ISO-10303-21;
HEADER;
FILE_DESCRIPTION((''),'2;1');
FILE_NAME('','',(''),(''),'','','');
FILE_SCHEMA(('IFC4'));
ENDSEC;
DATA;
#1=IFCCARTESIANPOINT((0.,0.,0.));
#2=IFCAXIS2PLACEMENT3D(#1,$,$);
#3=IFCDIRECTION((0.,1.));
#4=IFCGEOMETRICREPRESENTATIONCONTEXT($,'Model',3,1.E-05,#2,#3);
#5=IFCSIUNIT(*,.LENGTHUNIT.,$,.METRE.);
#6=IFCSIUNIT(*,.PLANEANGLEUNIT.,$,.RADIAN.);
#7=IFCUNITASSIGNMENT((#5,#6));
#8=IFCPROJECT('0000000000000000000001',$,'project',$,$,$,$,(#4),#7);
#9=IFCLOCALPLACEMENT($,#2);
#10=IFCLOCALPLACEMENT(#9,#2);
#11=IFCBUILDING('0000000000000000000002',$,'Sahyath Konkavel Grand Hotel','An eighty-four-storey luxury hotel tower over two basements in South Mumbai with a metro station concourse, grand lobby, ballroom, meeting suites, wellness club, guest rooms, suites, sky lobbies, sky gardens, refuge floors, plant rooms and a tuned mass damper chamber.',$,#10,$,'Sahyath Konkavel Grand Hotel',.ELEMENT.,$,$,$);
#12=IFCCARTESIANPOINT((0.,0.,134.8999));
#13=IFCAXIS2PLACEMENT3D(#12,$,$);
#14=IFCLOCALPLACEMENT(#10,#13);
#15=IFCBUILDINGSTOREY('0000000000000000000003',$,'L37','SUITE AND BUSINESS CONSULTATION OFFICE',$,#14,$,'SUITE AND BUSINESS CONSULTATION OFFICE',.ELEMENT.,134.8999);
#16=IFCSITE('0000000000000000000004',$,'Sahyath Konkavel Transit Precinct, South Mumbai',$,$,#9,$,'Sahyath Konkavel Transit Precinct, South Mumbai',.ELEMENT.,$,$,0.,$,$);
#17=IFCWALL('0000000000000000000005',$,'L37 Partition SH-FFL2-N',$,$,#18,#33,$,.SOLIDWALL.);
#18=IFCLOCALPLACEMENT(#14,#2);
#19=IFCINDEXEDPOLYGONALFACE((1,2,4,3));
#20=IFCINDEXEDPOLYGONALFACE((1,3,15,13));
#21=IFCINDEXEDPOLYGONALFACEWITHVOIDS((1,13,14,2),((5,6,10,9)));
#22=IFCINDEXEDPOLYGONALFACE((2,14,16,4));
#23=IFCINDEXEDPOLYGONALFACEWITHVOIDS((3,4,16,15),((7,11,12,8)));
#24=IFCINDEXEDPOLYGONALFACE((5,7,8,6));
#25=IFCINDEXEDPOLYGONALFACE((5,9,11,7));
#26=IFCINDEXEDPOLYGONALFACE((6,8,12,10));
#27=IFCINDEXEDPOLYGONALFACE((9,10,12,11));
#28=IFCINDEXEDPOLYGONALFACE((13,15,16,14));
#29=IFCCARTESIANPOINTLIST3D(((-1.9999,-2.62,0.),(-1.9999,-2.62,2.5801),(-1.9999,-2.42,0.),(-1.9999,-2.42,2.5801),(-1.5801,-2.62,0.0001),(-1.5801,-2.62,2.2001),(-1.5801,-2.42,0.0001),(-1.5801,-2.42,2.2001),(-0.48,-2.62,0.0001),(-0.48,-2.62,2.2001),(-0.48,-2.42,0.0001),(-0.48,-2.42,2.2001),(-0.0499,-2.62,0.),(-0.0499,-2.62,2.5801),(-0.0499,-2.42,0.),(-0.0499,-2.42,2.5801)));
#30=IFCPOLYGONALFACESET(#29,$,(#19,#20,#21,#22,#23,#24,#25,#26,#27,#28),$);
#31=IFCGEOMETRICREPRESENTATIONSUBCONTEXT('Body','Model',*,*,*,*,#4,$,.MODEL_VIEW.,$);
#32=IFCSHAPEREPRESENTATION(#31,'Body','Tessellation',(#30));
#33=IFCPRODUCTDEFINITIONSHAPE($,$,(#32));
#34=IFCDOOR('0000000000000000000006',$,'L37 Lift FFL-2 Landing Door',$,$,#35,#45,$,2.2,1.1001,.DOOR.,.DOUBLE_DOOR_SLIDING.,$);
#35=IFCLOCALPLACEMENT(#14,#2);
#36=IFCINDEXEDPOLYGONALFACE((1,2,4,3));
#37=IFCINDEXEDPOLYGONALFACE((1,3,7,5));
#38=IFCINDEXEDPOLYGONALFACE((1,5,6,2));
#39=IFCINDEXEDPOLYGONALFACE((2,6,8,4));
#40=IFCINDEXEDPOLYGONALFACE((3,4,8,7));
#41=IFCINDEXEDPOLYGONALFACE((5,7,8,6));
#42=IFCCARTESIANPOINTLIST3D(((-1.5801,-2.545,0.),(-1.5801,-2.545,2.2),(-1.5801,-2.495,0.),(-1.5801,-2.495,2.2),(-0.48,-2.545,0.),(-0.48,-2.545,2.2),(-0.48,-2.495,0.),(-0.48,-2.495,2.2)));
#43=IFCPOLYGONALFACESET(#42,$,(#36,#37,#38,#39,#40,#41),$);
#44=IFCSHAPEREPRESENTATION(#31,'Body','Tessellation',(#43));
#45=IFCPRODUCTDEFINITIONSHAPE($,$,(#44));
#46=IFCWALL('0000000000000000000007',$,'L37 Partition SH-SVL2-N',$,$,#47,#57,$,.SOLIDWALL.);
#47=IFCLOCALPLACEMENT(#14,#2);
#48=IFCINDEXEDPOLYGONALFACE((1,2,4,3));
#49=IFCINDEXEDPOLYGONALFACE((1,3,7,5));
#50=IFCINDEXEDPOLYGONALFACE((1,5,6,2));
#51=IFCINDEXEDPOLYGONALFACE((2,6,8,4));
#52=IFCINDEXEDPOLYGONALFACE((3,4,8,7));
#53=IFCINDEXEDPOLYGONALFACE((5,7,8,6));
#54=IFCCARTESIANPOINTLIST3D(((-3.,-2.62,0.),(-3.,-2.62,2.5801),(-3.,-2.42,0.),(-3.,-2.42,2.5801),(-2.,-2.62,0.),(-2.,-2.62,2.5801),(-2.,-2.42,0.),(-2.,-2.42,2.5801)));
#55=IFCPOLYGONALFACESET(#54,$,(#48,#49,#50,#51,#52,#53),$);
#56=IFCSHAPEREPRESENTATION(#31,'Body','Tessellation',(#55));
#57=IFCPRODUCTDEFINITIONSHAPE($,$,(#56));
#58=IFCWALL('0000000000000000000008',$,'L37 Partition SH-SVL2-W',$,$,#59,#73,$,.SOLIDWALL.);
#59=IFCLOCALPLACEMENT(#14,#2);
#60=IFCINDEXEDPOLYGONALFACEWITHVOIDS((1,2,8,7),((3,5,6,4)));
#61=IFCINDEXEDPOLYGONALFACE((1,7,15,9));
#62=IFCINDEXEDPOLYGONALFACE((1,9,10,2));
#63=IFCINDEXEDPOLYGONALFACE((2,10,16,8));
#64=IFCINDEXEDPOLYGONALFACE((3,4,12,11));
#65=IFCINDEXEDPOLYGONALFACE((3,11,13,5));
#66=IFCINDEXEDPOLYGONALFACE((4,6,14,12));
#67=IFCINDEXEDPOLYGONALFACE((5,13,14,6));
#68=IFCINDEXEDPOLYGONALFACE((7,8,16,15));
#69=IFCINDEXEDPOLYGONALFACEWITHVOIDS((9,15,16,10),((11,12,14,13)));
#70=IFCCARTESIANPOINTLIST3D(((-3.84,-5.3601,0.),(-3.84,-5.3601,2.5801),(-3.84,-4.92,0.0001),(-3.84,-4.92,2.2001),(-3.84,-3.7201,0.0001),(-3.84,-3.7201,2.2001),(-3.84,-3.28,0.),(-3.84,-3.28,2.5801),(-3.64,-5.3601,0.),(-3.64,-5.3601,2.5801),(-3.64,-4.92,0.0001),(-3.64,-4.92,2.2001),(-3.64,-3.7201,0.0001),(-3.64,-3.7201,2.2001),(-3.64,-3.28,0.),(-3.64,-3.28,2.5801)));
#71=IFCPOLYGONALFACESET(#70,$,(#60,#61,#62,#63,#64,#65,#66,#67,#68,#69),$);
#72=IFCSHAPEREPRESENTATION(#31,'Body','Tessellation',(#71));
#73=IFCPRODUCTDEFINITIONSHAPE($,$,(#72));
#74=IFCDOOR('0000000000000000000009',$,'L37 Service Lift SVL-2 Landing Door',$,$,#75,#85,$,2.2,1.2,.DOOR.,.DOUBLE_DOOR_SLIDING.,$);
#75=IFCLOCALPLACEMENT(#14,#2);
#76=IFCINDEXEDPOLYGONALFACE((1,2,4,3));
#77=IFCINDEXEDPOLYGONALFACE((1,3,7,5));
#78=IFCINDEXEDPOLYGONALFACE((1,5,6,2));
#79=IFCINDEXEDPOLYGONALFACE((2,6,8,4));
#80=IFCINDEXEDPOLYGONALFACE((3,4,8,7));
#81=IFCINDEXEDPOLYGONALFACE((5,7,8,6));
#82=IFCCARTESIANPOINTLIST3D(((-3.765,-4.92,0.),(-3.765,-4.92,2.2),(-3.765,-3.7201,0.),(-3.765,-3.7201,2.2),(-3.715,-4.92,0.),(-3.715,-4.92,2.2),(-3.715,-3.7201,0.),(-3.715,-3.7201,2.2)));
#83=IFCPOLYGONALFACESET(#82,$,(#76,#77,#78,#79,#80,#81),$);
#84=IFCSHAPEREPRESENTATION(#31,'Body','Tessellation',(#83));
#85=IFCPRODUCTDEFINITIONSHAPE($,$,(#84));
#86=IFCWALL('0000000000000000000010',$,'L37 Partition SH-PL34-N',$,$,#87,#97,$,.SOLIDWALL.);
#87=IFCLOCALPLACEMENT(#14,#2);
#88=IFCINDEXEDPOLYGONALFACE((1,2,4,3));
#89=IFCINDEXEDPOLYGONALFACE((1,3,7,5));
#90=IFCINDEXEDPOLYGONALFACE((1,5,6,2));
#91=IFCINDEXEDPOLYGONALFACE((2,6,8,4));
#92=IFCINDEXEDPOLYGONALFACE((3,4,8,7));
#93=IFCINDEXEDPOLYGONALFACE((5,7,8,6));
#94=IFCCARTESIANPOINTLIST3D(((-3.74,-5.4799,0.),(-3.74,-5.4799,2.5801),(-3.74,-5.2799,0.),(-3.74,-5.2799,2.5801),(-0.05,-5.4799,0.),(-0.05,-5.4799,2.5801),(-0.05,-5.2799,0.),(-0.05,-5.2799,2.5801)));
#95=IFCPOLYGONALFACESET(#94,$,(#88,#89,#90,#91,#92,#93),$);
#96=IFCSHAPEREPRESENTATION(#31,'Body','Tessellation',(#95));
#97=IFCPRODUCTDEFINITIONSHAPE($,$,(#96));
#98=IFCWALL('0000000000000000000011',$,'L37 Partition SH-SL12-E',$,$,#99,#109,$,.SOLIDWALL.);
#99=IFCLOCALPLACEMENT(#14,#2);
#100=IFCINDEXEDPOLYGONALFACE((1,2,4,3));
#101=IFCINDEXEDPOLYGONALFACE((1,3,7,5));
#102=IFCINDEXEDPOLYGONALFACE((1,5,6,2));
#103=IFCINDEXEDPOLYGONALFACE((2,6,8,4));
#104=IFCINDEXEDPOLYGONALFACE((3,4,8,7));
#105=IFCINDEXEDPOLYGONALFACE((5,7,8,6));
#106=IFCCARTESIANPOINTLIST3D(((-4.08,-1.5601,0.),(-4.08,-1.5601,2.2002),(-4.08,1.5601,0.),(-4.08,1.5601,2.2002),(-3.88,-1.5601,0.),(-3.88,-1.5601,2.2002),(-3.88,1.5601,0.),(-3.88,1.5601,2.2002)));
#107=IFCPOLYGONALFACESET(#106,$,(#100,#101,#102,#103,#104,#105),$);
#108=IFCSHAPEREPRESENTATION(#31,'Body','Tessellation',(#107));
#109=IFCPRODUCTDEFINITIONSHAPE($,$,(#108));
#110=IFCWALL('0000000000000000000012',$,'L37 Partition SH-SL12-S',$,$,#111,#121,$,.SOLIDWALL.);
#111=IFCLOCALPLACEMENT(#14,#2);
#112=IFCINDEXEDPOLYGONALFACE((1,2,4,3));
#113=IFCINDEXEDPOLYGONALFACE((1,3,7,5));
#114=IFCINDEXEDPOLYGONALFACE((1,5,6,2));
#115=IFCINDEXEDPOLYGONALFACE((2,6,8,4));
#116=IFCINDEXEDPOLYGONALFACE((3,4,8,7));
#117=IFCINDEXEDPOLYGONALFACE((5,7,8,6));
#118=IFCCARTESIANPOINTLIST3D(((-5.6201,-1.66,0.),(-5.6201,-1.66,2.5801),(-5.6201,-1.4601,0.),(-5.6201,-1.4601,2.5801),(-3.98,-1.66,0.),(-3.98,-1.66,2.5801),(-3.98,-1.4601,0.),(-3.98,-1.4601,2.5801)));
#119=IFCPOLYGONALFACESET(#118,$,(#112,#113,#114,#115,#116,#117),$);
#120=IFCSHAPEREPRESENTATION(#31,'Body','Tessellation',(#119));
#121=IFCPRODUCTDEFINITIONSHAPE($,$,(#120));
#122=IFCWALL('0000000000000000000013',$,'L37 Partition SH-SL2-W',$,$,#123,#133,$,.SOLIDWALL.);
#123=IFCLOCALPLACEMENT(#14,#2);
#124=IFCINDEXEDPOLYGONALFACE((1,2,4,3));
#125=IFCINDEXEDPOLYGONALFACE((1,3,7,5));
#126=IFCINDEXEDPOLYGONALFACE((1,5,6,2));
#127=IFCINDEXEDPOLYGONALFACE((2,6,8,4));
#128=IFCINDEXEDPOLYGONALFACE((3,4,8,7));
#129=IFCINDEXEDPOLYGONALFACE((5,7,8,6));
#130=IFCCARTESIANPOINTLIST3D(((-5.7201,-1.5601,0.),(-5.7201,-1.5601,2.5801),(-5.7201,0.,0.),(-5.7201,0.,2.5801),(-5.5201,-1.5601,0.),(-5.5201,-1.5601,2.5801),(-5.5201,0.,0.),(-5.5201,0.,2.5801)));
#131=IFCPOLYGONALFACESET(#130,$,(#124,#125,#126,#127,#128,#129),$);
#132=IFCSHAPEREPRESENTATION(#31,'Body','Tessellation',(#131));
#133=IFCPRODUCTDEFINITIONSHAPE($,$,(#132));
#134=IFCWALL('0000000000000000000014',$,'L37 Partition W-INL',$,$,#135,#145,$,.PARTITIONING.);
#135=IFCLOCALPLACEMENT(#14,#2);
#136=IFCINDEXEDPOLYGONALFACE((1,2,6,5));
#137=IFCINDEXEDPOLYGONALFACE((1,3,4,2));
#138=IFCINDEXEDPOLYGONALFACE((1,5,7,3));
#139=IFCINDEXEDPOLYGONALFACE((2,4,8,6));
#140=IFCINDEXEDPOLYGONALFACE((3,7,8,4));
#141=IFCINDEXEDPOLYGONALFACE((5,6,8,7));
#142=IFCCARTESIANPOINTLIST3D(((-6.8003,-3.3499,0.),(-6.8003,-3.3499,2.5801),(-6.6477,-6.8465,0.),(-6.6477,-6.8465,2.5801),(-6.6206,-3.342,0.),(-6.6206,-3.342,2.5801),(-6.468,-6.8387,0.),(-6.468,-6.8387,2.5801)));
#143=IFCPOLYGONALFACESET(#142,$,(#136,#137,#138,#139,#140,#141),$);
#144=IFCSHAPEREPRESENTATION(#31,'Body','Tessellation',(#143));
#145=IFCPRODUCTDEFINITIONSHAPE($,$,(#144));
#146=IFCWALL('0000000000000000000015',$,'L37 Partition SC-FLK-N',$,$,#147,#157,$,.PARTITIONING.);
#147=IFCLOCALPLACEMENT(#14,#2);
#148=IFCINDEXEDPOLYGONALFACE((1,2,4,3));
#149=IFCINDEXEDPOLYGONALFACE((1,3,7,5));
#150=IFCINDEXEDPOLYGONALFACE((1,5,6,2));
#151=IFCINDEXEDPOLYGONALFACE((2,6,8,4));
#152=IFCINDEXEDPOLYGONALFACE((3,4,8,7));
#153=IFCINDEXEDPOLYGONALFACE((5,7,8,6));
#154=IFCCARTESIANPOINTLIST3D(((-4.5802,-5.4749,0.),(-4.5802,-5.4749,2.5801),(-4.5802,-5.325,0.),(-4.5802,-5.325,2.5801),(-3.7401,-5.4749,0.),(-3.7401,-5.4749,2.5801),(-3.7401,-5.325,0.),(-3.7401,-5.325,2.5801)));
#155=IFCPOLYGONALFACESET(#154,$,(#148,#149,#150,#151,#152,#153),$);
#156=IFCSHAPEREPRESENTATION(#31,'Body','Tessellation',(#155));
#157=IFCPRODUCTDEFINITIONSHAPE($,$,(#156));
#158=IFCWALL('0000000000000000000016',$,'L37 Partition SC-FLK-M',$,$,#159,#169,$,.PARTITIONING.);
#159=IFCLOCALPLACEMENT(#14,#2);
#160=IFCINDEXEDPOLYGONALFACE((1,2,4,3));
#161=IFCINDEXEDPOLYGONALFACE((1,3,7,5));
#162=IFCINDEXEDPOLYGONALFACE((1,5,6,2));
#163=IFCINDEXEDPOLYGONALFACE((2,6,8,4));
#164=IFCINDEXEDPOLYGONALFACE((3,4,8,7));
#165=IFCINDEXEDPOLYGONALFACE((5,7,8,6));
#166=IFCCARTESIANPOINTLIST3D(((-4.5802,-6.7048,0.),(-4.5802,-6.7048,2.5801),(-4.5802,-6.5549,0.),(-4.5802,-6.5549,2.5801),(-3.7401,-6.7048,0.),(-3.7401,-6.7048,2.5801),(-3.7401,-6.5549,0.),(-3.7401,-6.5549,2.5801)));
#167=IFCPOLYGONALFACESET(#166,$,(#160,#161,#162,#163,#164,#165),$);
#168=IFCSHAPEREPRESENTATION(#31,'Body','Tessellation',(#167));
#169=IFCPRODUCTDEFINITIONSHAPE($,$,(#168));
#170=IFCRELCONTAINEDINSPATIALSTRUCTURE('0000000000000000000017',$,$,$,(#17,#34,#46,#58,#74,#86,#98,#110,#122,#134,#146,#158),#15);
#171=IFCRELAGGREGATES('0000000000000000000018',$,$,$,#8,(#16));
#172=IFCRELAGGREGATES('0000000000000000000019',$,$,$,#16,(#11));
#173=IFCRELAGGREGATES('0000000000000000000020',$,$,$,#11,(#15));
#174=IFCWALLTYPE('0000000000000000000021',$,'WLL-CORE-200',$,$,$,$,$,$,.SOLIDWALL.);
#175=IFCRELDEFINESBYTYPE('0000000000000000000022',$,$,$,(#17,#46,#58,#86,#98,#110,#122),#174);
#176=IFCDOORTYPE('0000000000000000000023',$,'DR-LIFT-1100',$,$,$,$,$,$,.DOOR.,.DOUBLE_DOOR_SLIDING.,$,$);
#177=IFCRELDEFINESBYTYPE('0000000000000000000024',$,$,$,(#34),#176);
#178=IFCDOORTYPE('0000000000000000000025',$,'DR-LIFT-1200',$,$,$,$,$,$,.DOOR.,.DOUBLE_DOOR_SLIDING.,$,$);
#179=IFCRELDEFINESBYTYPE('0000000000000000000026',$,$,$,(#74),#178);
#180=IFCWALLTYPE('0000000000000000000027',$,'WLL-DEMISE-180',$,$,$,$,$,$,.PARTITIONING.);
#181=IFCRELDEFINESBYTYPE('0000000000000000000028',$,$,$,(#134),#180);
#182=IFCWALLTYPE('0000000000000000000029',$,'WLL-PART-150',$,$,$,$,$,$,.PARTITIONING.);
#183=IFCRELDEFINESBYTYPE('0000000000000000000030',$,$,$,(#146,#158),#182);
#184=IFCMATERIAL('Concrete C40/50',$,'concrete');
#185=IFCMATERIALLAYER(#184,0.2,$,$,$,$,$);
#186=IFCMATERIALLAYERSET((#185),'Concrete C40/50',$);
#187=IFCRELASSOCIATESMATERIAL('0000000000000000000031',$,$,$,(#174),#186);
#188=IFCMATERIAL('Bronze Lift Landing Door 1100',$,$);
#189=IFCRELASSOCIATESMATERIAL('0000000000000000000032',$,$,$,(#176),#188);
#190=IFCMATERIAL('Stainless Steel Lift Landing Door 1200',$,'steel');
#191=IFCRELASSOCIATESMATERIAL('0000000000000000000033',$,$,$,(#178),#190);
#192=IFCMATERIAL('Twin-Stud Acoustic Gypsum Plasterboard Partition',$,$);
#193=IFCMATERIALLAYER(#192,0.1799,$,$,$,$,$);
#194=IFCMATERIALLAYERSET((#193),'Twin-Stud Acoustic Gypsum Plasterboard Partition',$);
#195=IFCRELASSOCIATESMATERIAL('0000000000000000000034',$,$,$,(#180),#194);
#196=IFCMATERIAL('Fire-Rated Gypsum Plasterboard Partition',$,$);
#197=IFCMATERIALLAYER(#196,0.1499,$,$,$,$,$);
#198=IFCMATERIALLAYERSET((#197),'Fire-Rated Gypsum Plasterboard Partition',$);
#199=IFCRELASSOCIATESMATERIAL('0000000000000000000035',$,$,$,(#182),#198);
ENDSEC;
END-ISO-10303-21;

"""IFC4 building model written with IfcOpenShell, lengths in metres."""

from ifc_helpers import new_model, si_unit, direction, frame, frame_2d, origin, origin_2d, place, context, subcontext, project, spatial, rectangle, extrude, source, transform, mapped, material, layer, layer_set, type_object, element, fill, save


model = new_model("IFC4")

# Units and contexts
model_context = context("Model", 3, precision=1e-05, world=origin(), true_north=direction((0.0, 1.0)))
body_context = subcontext(model_context, "Body", "Model", "MODEL_VIEW")
ifc_project = project(units=[si_unit("LENGTHUNIT", "METRE"), si_unit("PLANEANGLEUNIT", "RADIAN")], contexts=[model_context])

# Site, building, storey
site_placement = place(None, origin())
site = spatial("IfcSite", under=ifc_project, at=site_placement, Name="Sahyath Konkavel Transit Precinct, South Mumbai", LongName="Sahyath Konkavel Transit Precinct, South Mumbai", CompositionType="ELEMENT", RefElevation=0.0)
building_placement = place(site_placement, origin())
building = spatial("IfcBuilding", under=site, at=building_placement, Name="Sahyath Konkavel Grand Hotel", Description="An eighty-four-storey luxury hotel tower over two basements in South Mumbai with a metro station concourse, grand lobby, ballroom, meeting suites, wellness club, guest rooms, suites, sky lobbies, sky gardens, refuge floors, plant rooms and a tuned mass damper chamber.", LongName="Sahyath Konkavel Grand Hotel", CompositionType="ELEMENT")
storey_placement = place(building_placement, frame((0.0, 0.0, 134.8999)))
storey = spatial("IfcBuildingStorey", under=building, at=storey_placement, Name="L37", Description="SUITE AND BUSINESS CONSULTATION OFFICE", LongName="SUITE AND BUSINESS CONSULTATION OFFICE", CompositionType="ELEMENT", Elevation=134.8999)

# Shared definitions
ifc_material_1 = material(Name="Concrete C40/50", Category="concrete")
ifc_layer_1 = layer(ifc_material_1, 0.2)
ifc_layer_set_1 = layer_set([ifc_layer_1], Name="Concrete C40/50")
wall_type_1 = type_object("IfcWallType", Name="WLL-CORE-200", PredefinedType="SOLIDWALL", material=ifc_layer_set_1)

# Wall, opening, door
wall_1_placement = place(storey_placement, frame((-2.0, -2.52, 0.0), z_axis=(0.0, 0.0, 1.0), x_axis=(1.0, 0.0, 0.0)))
wall_1 = element("IfcWall", 1, at=wall_1_placement, inside=storey, type_object=wall_type_1, Name="L37 Partition SH-FFL2-N", PredefinedType="SOLIDWALL", context=body_context, shape_type="SweptSolid", body=[
    extrude(rectangle(XDim=1.95, YDim=0.2, at=frame_2d((0.9751, 0.0))), origin(), (0.0, 0.0, 1.0), 2.5801),
])
opening_1_placement = place(wall_1_placement, frame((0.4199, 0.0, 0.0)))
opening_1 = element("IfcOpeningElement", 2, at=opening_1_placement, cuts=wall_1, PredefinedType="OPENING", context=body_context, shape_type="SweptSolid", body=[
    extrude(rectangle(XDim=1.1001, YDim=2.2, at=frame_2d((0.55, 1.1001))), frame((0.0, 0.1099, 0.0), z_axis=(0.0, -1.0, 0.0), x_axis=(1.0, 0.0, 0.0)), (0.0, 0.0, 1.0), 0.22),
])
ifc_material_2 = material(Name="Bronze Lift Landing Door 1100")
door_type_1 = type_object("IfcDoorType", Name="DR-LIFT-1100", OperationType="DOUBLE_DOOR_SLIDING", PredefinedType="DOOR", material=ifc_material_2)
shared_shape_1 = source(origin(), body_context, "Body", "SweptSolid", [
    extrude(rectangle(XDim=1.1001, YDim=0.05, at=origin_2d()), origin(), (0.0, 0.0, 1.0), 2.2),
])
door_1_placement = place(opening_1_placement, frame((0.55, 0.0, 0.0)))
door_1 = element("IfcDoor", 3, at=door_1_placement, inside=storey, type_object=door_type_1, Name="L37 Lift FFL-2 Landing Door", OperationType="DOUBLE_DOOR_SLIDING", OverallHeight=2.2, OverallWidth=1.1001, PredefinedType="DOOR", context=body_context, shape_type="MappedRepresentation", body=[
    mapped(shared_shape_1, transform((0.0, 0.0, 0.0), scale=1.0)),
])
fill(opening_1, door_1)

# Wall
wall_2_placement = place(storey_placement, frame((-3.0, -2.52, 0.0), z_axis=(0.0, 0.0, 1.0), x_axis=(1.0, 0.0, 0.0)))
element("IfcWall", 4, at=wall_2_placement, inside=storey, type_object=wall_type_1, Name="L37 Partition SH-SVL2-N", PredefinedType="SOLIDWALL", context=body_context, shape_type="SweptSolid", body=[
    extrude(rectangle(XDim=1.0, YDim=0.2, at=frame_2d((0.5, 0.0))), origin(), (0.0, 0.0, 1.0), 2.5801),
])

# Wall, opening, door
wall_3_placement = place(storey_placement, frame((-3.74, -5.3601, 0.0), z_axis=(0.0, 0.0, 1.0), x_axis=(0.0, 1.0, 0.0)))
wall_3 = element("IfcWall", 5, at=wall_3_placement, inside=storey, type_object=wall_type_1, Name="L37 Partition SH-SVL2-W", PredefinedType="SOLIDWALL", context=body_context, shape_type="SweptSolid", body=[
    extrude(rectangle(XDim=2.0801, YDim=0.2, at=frame_2d((1.04, 0.0))), origin(), (0.0, 0.0, 1.0), 2.5801),
])
opening_2_placement = place(wall_3_placement, frame((0.4399, 0.0, 0.0)))
opening_2 = element("IfcOpeningElement", 6, at=opening_2_placement, cuts=wall_3, PredefinedType="OPENING", context=body_context, shape_type="SweptSolid", body=[
    extrude(rectangle(XDim=1.2, YDim=2.2, at=frame_2d((0.6001, 1.1001))), frame((0.0, 0.1099, 0.0), z_axis=(0.0, -1.0, 0.0), x_axis=(1.0, 0.0, 0.0)), (0.0, 0.0, 1.0), 0.22),
])
ifc_material_3 = material(Name="Stainless Steel Lift Landing Door 1200", Category="steel")
door_type_2 = type_object("IfcDoorType", Name="DR-LIFT-1200", OperationType="DOUBLE_DOOR_SLIDING", PredefinedType="DOOR", material=ifc_material_3)
shared_shape_2 = source(origin(), body_context, "Body", "SweptSolid", [
    extrude(rectangle(XDim=1.2, YDim=0.05, at=origin_2d()), origin(), (0.0, 0.0, 1.0), 2.2),
])
door_2_placement = place(opening_2_placement, frame((0.6001, 0.0, 0.0)))
door_2 = element("IfcDoor", 7, at=door_2_placement, inside=storey, type_object=door_type_2, Name="L37 Service Lift SVL-2 Landing Door", OperationType="DOUBLE_DOOR_SLIDING", OverallHeight=2.2, OverallWidth=1.2, PredefinedType="DOOR", context=body_context, shape_type="MappedRepresentation", body=[
    mapped(shared_shape_2, transform((0.0, 0.0, 0.0), scale=1.0)),
])
fill(opening_2, door_2)

# Walls
wall_4_placement = place(storey_placement, frame((-3.74, -5.3799, 0.0), z_axis=(0.0, 0.0, 1.0), x_axis=(1.0, 0.0, 0.0)))
element("IfcWall", 8, at=wall_4_placement, inside=storey, type_object=wall_type_1, Name="L37 Partition SH-PL34-N", PredefinedType="SOLIDWALL", context=body_context, shape_type="SweptSolid", body=[
    extrude(rectangle(XDim=3.6899, YDim=0.2, at=frame_2d((1.845, 0.0))), origin(), (0.0, 0.0, 1.0), 2.5801),
])
wall_5_placement = place(storey_placement, frame((-3.98, -1.5601, 0.0), z_axis=(0.0, 0.0, 1.0), x_axis=(0.0, 1.0, 0.0)))
element("IfcWall", 9, at=wall_5_placement, inside=storey, type_object=wall_type_1, Name="L37 Partition SH-SL12-E", PredefinedType="SOLIDWALL", context=body_context, shape_type="SweptSolid", body=[
    extrude(rectangle(XDim=3.1201, YDim=0.2, at=frame_2d((1.5601, 0.0))), origin(), (0.0, 0.0, 1.0), 2.2002),
])
wall_6_placement = place(storey_placement, frame((-5.6201, -1.5601, 0.0), z_axis=(0.0, 0.0, 1.0), x_axis=(1.0, 0.0, 0.0)))
element("IfcWall", 10, at=wall_6_placement, inside=storey, type_object=wall_type_1, Name="L37 Partition SH-SL12-S", PredefinedType="SOLIDWALL", context=body_context, shape_type="SweptSolid", body=[
    extrude(rectangle(XDim=1.6401, YDim=0.2, at=frame_2d((0.8201, 0.0))), origin(), (0.0, 0.0, 1.0), 2.5801),
])
wall_7_placement = place(storey_placement, frame((-5.6201, -1.5601, 0.0), z_axis=(0.0, 0.0, 1.0), x_axis=(0.0, 1.0, 0.0)))
element("IfcWall", 11, at=wall_7_placement, inside=storey, type_object=wall_type_1, Name="L37 Partition SH-SL2-W", PredefinedType="SOLIDWALL", context=body_context, shape_type="SweptSolid", body=[
    extrude(rectangle(XDim=1.5601, YDim=0.2, at=frame_2d((0.78, 0.0))), origin(), (0.0, 0.0, 1.0), 2.5801),
])
ifc_material_4 = material(Name="Twin-Stud Acoustic Gypsum Plasterboard Partition")
ifc_layer_2 = layer(ifc_material_4, 0.1799)
ifc_layer_set_2 = layer_set([ifc_layer_2], Name="Twin-Stud Acoustic Gypsum Plasterboard Partition")
wall_type_2 = type_object("IfcWallType", Name="WLL-DEMISE-180", PredefinedType="PARTITIONING", material=ifc_layer_set_2)
wall_8_placement = place(storey_placement, frame((-6.7104, -3.3459, 0.0), z_axis=(0.0, 0.0, 1.0), x_axis=(0.043598, -0.999049, 0.0)))
element("IfcWall", 12, at=wall_8_placement, inside=storey, type_object=wall_type_2, Name="L37 Partition W-INL", PredefinedType="PARTITIONING", context=body_context, shape_type="SweptSolid", body=[
    extrude(rectangle(XDim=3.5, YDim=0.1799, at=frame_2d((1.75, 0.0))), origin(), (0.0, 0.0, 1.0), 2.5801),
])
ifc_material_5 = material(Name="Fire-Rated Gypsum Plasterboard Partition")
ifc_layer_3 = layer(ifc_material_5, 0.1499)
ifc_layer_set_3 = layer_set([ifc_layer_3], Name="Fire-Rated Gypsum Plasterboard Partition")
wall_type_3 = type_object("IfcWallType", Name="WLL-PART-150", PredefinedType="PARTITIONING", material=ifc_layer_set_3)
for number, where, z_axis, x_axis, name in (
    (13, (-4.5801, -5.3999, 0.0), (0.0, 0.0, 1.0), (1.0, 0.0, 0.0), "L37 Partition SC-FLK-N"),
    (14, (-4.5801, -6.6299, 0.0), (0.0, 0.0, 1.0), (1.0, 0.0, 0.0), "L37 Partition SC-FLK-M"),
):
    element("IfcWall", number, at=place(storey_placement, frame(where, z_axis=z_axis, x_axis=x_axis)), inside=storey, type_object=wall_type_3, Name=name, PredefinedType="PARTITIONING", context=body_context, shape_type="SweptSolid", body=[
        extrude(rectangle(XDim=0.8401, YDim=0.1499, at=frame_2d((0.4199, 0.0))), origin(), (0.0, 0.0, 1.0), 2.5801),
    ])

save(model, "model.ifc")
